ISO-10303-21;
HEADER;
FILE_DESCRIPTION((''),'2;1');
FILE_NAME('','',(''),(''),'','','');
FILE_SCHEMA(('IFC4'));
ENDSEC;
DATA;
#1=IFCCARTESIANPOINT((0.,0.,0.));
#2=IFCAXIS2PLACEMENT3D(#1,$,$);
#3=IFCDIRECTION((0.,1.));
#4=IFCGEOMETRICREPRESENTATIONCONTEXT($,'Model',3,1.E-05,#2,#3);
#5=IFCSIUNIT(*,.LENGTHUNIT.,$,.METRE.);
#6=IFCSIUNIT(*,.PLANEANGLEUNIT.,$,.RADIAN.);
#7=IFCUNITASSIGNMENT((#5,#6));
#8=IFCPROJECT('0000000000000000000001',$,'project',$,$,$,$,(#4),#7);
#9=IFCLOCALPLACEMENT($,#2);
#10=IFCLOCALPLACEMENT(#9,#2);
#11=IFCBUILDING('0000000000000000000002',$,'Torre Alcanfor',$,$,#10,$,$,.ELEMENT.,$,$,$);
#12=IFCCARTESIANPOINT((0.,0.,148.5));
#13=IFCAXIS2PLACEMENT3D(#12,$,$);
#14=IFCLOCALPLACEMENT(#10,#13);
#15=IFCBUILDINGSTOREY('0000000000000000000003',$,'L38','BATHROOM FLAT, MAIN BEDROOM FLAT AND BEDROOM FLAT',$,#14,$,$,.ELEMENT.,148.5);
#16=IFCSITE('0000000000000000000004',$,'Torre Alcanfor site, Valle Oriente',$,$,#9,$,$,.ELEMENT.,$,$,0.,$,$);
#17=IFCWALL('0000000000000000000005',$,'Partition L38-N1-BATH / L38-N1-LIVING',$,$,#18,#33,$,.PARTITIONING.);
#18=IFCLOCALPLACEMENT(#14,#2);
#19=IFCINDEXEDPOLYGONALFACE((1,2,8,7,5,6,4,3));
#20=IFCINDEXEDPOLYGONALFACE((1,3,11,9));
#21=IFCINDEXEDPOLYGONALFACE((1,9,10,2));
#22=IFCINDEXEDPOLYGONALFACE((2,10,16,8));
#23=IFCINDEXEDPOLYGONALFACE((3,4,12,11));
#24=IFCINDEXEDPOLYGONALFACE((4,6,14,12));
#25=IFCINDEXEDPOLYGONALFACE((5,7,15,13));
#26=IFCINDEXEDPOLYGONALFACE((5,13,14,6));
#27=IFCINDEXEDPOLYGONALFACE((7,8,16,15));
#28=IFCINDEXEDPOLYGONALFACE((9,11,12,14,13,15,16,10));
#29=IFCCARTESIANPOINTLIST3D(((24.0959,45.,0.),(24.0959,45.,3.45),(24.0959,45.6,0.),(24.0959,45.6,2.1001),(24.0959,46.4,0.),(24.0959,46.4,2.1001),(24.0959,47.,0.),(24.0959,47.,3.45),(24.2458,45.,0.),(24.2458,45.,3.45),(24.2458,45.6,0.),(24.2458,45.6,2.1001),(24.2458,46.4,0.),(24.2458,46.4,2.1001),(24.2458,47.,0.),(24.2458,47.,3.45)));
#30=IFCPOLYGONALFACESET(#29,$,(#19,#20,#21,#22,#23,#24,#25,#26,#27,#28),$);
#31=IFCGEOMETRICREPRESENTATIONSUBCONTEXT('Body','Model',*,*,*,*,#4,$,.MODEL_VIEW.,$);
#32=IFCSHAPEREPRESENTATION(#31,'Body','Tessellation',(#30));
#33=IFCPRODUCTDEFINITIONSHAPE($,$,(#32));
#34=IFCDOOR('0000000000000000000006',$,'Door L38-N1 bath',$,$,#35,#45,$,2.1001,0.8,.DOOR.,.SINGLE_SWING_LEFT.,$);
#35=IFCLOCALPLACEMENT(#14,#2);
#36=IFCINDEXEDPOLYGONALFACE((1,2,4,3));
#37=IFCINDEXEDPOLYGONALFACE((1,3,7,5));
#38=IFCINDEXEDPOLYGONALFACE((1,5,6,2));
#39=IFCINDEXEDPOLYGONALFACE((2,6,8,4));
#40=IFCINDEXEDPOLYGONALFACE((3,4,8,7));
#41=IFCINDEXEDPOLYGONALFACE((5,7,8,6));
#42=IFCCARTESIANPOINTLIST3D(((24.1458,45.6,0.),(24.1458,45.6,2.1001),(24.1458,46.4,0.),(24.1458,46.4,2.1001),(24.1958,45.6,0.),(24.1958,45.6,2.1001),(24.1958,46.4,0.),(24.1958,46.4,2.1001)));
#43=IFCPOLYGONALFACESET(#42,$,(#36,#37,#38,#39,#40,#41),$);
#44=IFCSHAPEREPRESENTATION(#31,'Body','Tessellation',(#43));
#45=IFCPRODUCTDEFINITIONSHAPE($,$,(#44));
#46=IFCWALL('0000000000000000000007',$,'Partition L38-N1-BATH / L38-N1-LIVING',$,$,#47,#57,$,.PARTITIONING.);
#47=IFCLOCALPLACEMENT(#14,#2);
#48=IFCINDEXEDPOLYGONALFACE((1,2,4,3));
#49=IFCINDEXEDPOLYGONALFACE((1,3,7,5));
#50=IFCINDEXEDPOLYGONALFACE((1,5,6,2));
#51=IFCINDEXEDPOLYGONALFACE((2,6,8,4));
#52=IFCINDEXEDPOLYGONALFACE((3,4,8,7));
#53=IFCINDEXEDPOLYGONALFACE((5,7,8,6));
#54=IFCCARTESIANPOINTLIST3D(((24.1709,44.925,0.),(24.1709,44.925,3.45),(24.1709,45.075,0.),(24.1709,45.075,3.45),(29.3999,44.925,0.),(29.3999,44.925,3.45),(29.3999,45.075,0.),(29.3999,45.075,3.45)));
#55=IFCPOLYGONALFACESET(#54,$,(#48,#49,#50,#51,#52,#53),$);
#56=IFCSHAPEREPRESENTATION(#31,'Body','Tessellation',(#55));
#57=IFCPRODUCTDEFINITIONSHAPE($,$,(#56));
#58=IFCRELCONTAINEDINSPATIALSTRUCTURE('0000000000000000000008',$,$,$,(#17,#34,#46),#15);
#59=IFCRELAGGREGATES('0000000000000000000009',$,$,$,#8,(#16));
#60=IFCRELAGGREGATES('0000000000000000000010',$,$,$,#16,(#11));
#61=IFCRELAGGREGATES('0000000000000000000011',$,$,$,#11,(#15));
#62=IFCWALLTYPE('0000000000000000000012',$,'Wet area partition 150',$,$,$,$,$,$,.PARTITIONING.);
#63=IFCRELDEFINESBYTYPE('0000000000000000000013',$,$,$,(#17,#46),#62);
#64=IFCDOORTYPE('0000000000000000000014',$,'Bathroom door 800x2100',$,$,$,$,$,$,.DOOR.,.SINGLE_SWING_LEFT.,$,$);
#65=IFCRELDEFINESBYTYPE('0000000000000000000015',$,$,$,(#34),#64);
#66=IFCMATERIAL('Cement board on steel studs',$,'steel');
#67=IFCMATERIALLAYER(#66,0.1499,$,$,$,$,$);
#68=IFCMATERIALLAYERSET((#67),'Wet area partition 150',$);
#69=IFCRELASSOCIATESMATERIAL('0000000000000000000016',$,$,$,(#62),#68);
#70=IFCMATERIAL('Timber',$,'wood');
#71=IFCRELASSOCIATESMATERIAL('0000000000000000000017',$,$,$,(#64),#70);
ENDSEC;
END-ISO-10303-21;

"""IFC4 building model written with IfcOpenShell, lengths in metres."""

from ifc_helpers import new_model, si_unit, direction, frame, frame_2d, origin, place, context, subcontext, project, spatial, rectangle, extrude, material, layer, layer_set, type_object, element, fill, save


model = new_model("IFC4")

# Units and contexts
model_context = context("Model", 3, precision=1e-05, world=origin(), true_north=direction((0.0, 1.0)))
body_context = subcontext(model_context, "Body", "Model", "MODEL_VIEW")
ifc_project = project(units=[si_unit("LENGTHUNIT", "METRE"), si_unit("PLANEANGLEUNIT", "RADIAN")], contexts=[model_context])

# Site, building, storey
site_placement = place(None, origin())
site = spatial("IfcSite", under=ifc_project, at=site_placement, Name="Torre Alcanfor site, Valle Oriente", CompositionType="ELEMENT", RefElevation=0.0)
building_placement = place(site_placement, origin())
building = spatial("IfcBuilding", under=site, at=building_placement, Name="Torre Alcanfor", CompositionType="ELEMENT")
storey_placement = place(building_placement, frame((0.0, 0.0, 148.5)))
storey = spatial("IfcBuildingStorey", under=building, at=storey_placement, Name="L38", Description="BATHROOM FLAT, MAIN BEDROOM FLAT AND BEDROOM FLAT", CompositionType="ELEMENT", Elevation=148.5)

# Wall, opening, door
ifc_material_1 = material(Name="Cement board on steel studs", Category="steel")
ifc_layer_1 = layer(ifc_material_1, 0.1499)
ifc_layer_set_1 = layer_set([ifc_layer_1], Name="Wet area partition 150")
wall_type_1 = type_object("IfcWallType", Name="Wet area partition 150", PredefinedType="PARTITIONING", material=ifc_layer_set_1)
wall_1_placement = place(storey_placement, frame((24.1709, 47.0, 0.0), z_axis=(0.0, 0.0, 1.0), x_axis=(0.0, -1.0, 0.0)))
wall_1 = element("IfcWall", 1, at=wall_1_placement, inside=storey, type_object=wall_type_1, Name="Partition L38-N1-BATH / L38-N1-LIVING", PredefinedType="PARTITIONING", context=body_context, shape_type="SweptSolid", body=[
    extrude(rectangle(XDim=2.0, YDim=0.1499, at=frame_2d((1.0, 0.0))), origin(), (0.0, 0.0, 1.0), 3.45),
])
opening_1_placement = place(wall_1_placement, frame((0.6001, 0.0, 0.0)))
opening_1 = element("IfcOpeningElement", 2, at=opening_1_placement, cuts=wall_1, PredefinedType="OPENING", context=body_context, shape_type="SweptSolid", body=[
    extrude(rectangle(XDim=0.8, YDim=2.1001, at=frame_2d((0.3999, 1.05))), frame((0.0, 0.085, 0.0), z_axis=(0.0, -1.0, 0.0), x_axis=(1.0, 0.0, 0.0)), (0.0, 0.0, 1.0), 0.1699),
])
ifc_material_2 = material(Name="Timber", Category="wood")
door_type_1 = type_object("IfcDoorType", Name="Bathroom door 800x2100", OperationType="SINGLE_SWING_LEFT", PredefinedType="DOOR", material=ifc_material_2)
door_1_placement = place(opening_1_placement, origin())
door_1 = element("IfcDoor", 3, at=door_1_placement, inside=storey, type_object=door_type_1, Name="Door L38-N1 bath", OperationType="SINGLE_SWING_LEFT", OverallHeight=2.1001, OverallWidth=0.8, PredefinedType="DOOR", context=body_context, shape_type="SweptSolid", body=[
    extrude(rectangle(XDim=0.8, YDim=2.1001, at=frame_2d((0.3999, 1.05))), frame((0.0, 0.0249, 0.0), z_axis=(0.0, -1.0, 0.0), x_axis=(1.0, 0.0, 0.0)), (0.0, 0.0, 1.0), 0.05),
])
fill(opening_1, door_1)

# Wall
wall_2_placement = place(storey_placement, frame((24.1709, 45.0, 0.0), z_axis=(0.0, 0.0, 1.0), x_axis=(1.0, 0.0, 0.0)))
element("IfcWall", 4, at=wall_2_placement, inside=storey, type_object=wall_type_1, Name="Partition L38-N1-BATH / L38-N1-LIVING", PredefinedType="PARTITIONING", context=body_context, shape_type="SweptSolid", body=[
    extrude(rectangle(XDim=5.229, YDim=0.1499, at=frame_2d((2.6145, 0.0))), origin(), (0.0, 0.0, 1.0), 3.45),
])

save(model, "model.ifc")
